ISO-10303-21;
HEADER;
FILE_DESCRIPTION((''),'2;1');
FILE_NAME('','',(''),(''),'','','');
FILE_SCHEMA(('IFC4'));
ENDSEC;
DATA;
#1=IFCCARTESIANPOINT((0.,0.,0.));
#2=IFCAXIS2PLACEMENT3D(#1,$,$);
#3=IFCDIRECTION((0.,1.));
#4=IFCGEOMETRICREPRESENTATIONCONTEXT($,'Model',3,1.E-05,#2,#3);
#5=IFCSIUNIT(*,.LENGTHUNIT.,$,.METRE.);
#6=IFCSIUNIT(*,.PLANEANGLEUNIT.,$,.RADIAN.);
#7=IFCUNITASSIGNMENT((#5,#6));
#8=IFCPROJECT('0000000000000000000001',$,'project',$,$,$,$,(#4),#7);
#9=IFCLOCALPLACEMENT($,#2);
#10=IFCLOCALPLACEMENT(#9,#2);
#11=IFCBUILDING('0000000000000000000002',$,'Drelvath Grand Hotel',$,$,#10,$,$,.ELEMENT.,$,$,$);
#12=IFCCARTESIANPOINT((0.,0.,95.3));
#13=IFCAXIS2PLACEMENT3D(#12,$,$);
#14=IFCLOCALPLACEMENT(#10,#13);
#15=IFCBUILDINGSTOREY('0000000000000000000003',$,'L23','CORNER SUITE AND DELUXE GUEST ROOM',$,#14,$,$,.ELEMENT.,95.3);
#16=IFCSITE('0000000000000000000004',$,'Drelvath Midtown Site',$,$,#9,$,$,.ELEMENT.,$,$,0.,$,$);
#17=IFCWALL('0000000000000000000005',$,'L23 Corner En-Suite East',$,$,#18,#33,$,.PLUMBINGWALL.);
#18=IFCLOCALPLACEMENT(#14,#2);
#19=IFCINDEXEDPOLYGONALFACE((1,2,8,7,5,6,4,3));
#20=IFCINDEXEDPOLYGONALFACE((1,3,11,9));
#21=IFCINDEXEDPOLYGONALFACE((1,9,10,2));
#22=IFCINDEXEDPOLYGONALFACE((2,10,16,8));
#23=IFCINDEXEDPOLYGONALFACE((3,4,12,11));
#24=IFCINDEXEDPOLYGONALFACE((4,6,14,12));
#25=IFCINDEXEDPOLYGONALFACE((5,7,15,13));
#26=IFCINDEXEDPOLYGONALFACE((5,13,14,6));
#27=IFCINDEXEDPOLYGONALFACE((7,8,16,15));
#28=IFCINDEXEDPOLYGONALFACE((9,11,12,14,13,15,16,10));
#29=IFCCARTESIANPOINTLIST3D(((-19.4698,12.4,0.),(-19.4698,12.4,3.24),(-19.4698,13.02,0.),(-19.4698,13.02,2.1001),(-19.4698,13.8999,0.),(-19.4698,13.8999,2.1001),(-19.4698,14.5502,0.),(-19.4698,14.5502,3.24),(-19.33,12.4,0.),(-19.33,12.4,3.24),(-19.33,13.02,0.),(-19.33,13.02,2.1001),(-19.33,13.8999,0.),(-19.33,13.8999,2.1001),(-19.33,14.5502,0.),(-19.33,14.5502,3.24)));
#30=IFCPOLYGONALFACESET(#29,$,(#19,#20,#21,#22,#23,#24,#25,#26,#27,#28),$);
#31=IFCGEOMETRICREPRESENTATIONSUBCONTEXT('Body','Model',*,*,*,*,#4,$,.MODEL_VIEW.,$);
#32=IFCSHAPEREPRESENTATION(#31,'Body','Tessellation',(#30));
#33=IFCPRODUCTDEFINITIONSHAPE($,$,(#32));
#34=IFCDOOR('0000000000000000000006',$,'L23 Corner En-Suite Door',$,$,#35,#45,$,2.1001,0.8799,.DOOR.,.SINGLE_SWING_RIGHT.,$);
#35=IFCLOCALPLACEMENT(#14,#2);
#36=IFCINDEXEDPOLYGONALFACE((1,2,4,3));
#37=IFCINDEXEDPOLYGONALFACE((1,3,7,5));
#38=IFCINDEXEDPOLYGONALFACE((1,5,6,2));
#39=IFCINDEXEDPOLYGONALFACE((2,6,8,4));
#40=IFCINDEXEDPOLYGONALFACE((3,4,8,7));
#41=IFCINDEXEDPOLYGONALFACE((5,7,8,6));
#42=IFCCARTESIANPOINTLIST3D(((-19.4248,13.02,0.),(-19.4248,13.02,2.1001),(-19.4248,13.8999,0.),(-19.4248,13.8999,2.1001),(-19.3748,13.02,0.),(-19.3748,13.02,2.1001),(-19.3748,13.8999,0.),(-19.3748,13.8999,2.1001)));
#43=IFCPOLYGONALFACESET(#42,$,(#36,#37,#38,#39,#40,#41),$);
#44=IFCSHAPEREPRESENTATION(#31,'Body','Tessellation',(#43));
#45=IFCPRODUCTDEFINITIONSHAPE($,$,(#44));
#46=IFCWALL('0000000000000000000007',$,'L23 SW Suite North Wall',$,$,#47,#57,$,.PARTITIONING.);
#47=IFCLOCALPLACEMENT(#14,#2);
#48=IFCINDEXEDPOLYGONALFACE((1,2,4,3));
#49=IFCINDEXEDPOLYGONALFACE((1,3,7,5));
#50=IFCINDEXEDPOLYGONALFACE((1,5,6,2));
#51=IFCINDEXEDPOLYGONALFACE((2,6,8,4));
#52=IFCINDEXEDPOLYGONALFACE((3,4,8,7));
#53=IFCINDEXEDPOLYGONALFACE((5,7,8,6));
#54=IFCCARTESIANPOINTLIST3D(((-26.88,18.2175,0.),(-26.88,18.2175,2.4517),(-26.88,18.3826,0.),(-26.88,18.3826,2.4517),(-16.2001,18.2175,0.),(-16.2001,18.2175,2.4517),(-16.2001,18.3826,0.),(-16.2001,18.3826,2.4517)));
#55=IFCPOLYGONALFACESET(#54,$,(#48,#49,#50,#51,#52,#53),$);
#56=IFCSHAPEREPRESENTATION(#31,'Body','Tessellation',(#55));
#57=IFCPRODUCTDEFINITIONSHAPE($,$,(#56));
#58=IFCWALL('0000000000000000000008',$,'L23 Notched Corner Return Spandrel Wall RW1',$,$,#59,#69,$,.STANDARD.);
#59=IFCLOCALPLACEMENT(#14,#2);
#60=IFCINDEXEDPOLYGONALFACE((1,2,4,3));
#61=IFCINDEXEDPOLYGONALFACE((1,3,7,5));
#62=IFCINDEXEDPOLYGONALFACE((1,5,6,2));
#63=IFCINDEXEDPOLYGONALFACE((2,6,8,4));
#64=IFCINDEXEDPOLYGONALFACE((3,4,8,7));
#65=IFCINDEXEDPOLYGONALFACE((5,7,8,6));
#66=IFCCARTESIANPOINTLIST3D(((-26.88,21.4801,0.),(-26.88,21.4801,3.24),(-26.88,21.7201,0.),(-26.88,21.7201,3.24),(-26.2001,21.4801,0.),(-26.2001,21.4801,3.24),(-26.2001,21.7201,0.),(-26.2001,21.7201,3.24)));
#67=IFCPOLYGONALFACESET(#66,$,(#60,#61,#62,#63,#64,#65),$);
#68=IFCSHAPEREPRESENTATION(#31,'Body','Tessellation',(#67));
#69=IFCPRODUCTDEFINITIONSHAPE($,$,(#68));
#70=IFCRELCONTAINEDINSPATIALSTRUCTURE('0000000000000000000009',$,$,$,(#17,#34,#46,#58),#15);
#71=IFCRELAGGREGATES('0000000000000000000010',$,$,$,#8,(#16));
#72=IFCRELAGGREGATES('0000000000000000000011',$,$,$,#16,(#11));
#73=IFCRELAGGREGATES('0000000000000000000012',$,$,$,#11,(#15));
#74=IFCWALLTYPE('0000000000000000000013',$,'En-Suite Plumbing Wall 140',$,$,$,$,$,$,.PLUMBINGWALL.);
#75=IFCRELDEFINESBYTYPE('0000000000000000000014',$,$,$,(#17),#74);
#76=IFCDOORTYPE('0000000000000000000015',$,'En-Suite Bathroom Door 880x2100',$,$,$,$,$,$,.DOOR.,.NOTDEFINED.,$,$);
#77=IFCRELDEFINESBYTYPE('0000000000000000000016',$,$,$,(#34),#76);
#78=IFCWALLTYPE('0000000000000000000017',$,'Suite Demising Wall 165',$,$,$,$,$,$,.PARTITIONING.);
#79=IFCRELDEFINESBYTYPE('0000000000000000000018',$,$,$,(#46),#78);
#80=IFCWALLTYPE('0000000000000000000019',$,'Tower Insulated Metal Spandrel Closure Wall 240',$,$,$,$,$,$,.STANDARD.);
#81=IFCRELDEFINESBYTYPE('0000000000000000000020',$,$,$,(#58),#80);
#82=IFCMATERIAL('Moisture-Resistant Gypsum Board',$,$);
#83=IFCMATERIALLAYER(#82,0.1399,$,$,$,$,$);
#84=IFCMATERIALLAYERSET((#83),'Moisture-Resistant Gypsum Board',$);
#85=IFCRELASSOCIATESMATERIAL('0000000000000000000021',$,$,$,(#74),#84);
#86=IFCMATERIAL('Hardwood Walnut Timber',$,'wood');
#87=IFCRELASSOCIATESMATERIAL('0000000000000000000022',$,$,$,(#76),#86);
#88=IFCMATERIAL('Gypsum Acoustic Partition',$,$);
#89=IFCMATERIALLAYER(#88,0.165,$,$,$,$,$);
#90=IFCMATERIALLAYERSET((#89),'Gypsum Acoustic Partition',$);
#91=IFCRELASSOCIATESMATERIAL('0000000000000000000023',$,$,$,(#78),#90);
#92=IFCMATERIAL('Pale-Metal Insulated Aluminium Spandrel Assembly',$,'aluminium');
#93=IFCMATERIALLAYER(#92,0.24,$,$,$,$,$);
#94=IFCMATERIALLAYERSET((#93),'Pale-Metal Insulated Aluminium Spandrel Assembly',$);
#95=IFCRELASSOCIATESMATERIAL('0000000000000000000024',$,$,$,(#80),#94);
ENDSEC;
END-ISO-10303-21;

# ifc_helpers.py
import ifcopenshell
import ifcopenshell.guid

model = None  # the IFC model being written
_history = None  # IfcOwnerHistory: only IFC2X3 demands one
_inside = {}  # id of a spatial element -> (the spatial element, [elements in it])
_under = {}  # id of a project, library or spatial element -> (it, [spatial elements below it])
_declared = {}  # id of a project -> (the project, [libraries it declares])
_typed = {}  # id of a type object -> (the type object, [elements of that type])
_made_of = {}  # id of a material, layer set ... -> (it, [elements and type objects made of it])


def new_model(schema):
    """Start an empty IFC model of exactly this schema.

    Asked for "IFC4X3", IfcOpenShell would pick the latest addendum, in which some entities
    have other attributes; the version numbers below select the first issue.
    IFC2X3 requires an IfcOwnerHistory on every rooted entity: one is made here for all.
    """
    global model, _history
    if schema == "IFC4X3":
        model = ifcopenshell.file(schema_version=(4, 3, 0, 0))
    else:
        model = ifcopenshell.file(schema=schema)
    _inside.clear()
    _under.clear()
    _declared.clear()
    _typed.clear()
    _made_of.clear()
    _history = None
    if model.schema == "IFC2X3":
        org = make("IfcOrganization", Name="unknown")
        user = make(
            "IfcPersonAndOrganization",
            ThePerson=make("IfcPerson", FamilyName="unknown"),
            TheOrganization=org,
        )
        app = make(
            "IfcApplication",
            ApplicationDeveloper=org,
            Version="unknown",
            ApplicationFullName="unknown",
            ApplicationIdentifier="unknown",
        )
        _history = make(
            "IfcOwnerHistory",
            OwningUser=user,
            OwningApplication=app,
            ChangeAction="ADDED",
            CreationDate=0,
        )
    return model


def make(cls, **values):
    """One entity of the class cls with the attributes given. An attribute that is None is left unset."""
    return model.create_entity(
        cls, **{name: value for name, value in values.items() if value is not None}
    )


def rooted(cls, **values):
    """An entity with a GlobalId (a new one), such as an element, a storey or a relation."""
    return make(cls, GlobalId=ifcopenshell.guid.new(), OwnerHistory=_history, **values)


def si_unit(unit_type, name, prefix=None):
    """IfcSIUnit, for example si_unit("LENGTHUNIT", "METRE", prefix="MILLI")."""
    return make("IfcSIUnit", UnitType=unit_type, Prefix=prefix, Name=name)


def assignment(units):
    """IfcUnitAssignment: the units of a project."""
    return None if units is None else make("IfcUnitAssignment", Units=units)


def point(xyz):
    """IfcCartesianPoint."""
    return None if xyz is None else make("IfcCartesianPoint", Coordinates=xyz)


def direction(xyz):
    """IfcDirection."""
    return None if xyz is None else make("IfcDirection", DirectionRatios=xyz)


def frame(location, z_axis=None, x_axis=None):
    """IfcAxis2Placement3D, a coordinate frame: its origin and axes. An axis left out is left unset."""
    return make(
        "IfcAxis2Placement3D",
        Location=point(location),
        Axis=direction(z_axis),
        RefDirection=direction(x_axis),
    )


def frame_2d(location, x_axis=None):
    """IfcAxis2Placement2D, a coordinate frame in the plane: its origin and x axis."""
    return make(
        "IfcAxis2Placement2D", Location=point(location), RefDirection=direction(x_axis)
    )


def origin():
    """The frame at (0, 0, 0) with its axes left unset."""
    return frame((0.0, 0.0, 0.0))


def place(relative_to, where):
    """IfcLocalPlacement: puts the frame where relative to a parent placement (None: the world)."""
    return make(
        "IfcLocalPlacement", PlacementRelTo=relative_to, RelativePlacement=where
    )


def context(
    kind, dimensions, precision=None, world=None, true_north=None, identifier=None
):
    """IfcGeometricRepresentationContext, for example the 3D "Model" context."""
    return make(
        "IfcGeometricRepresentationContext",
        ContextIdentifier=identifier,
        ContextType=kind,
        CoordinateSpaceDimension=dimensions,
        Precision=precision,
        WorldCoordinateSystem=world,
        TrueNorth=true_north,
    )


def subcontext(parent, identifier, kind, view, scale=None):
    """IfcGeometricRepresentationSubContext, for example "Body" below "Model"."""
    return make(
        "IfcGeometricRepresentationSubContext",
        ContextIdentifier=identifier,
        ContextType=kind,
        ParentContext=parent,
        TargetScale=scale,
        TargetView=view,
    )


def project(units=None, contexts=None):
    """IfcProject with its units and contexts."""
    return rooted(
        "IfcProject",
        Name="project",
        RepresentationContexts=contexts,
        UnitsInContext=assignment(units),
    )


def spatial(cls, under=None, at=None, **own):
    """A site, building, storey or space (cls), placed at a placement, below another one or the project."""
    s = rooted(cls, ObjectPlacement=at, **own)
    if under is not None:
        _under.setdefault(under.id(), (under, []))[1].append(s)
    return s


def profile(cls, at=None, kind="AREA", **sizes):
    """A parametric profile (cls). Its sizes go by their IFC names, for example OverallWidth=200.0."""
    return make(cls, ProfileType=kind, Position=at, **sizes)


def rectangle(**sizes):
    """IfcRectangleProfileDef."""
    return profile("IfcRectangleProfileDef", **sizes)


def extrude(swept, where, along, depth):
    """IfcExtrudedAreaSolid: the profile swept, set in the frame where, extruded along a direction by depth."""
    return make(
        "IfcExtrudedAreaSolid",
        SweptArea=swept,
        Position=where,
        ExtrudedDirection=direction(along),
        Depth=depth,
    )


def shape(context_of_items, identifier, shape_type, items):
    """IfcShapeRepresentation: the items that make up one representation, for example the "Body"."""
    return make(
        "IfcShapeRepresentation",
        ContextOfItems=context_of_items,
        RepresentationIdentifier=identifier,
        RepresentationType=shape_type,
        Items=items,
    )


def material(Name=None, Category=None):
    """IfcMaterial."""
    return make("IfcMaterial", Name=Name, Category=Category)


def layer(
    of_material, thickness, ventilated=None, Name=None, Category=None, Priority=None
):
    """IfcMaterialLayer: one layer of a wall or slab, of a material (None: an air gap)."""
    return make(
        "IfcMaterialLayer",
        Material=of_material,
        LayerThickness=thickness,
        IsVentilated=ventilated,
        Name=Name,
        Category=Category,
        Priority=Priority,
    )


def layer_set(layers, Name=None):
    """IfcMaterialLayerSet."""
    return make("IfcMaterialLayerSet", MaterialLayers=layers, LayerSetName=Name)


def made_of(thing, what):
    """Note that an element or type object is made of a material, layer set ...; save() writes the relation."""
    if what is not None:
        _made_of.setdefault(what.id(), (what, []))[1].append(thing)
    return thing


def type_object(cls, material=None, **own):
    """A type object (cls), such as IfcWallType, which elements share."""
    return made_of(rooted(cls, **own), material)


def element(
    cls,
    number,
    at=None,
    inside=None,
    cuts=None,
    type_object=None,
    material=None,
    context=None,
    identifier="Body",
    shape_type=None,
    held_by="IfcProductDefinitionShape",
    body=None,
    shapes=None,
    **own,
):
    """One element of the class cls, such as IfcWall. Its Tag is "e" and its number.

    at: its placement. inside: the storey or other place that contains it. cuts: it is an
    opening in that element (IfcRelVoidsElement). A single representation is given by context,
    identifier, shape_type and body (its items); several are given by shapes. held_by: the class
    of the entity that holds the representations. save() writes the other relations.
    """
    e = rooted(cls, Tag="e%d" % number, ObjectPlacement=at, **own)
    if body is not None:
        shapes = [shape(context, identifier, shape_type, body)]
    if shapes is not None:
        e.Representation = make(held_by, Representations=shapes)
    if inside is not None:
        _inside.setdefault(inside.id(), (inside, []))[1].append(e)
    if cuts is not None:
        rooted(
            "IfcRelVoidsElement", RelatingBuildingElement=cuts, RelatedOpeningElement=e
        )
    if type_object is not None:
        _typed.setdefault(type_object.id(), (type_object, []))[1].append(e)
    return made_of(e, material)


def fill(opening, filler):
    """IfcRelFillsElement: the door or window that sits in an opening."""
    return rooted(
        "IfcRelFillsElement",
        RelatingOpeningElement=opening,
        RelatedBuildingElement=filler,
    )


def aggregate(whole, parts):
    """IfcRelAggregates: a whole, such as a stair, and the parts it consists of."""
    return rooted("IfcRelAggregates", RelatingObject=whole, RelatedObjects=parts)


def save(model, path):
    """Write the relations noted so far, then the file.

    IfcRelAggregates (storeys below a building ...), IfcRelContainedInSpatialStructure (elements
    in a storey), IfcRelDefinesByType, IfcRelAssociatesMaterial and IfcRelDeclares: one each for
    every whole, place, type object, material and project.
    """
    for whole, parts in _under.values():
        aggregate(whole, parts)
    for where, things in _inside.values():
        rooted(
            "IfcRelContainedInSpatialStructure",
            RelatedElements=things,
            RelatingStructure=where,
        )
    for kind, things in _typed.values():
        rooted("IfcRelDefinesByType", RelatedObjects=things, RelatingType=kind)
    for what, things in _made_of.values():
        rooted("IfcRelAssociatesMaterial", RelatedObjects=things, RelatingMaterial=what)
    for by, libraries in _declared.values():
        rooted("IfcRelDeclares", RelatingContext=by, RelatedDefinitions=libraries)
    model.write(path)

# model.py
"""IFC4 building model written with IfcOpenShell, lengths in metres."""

from ifc_helpers import new_model, si_unit, direction, frame, frame_2d, origin, place, context, subcontext, project, spatial, rectangle, extrude, material, layer, layer_set, type_object, element, fill, save


model = new_model("IFC4")

# Units and contexts
model_context = context("Model", 3, precision=1e-05, world=origin(), true_north=direction((0.0, 1.0)))
body_context = subcontext(model_context, "Body", "Model", "MODEL_VIEW")
ifc_project = project(units=[si_unit("LENGTHUNIT", "METRE"), si_unit("PLANEANGLEUNIT", "RADIAN")], contexts=[model_context])

# Site, building, storey
site_placement = place(None, origin())
site = spatial("IfcSite", under=ifc_project, at=site_placement, Name="Drelvath Midtown Site", CompositionType="ELEMENT", RefElevation=0.0)
building_placement = place(site_placement, origin())
building = spatial("IfcBuilding", under=site, at=building_placement, Name="Drelvath Grand Hotel", CompositionType="ELEMENT")
storey_placement = place(building_placement, frame((0.0, 0.0, 95.3)))
storey = spatial("IfcBuildingStorey", under=building, at=storey_placement, Name="L23", Description="CORNER SUITE AND DELUXE GUEST ROOM", CompositionType="ELEMENT", Elevation=95.3)

# Shared definitions
ifc_material_1 = material(Name="Hardwood Walnut Timber", Category="wood")

# Shared definitions
ifc_material_2 = material(Name="Moisture-Resistant Gypsum Board")
ifc_layer_1 = layer(ifc_material_2, 0.1399)
ifc_layer_set_1 = layer_set([ifc_layer_1], Name="Moisture-Resistant Gypsum Board")
wall_type_1 = type_object("IfcWallType", Name="En-Suite Plumbing Wall 140", PredefinedType="PLUMBINGWALL", material=ifc_layer_set_1)

# Wall, opening, door
wall_1_placement = place(storey_placement, frame((-19.3999, 12.3999, 0.0), z_axis=(0.0, 0.0, 1.0), x_axis=(0.0, 1.0, 0.0)))
wall_1 = element("IfcWall", 1, at=wall_1_placement, inside=storey, type_object=wall_type_1, Name="L23 Corner En-Suite East", PredefinedType="PLUMBINGWALL", context=body_context, shape_type="SweptSolid", body=[
    extrude(rectangle(XDim=2.1501, YDim=0.1399, at=frame_2d((1.0752, 0.0))), origin(), (0.0, 0.0, 1.0), 3.24),
])
opening_1_placement = place(wall_1_placement, frame((0.6201, 0.0, 0.0)))
opening_1 = element("IfcOpeningElement", 2, at=opening_1_placement, cuts=wall_1, PredefinedType="OPENING", context=body_context, shape_type="SweptSolid", body=[
    extrude(rectangle(XDim=0.8799, YDim=2.1001, at=frame_2d((0.4399, 1.05))), frame((0.0, 0.0798, 0.0), z_axis=(0.0, -1.0, 0.0), x_axis=(1.0, 0.0, 0.0)), (0.0, 0.0, 1.0), 0.1599),
])
door_type_1 = type_object("IfcDoorType", Name="En-Suite Bathroom Door 880x2100", OperationType="NOTDEFINED", PredefinedType="DOOR", material=ifc_material_1)
door_1_placement = place(opening_1_placement, origin())
door_1 = element("IfcDoor", 3, at=door_1_placement, inside=storey, type_object=door_type_1, Name="L23 Corner En-Suite Door", OperationType="SINGLE_SWING_RIGHT", OverallHeight=2.1001, OverallWidth=0.8799, PredefinedType="DOOR", context=body_context, shape_type="SweptSolid", body=[
    extrude(rectangle(XDim=0.8799, YDim=2.1001, at=frame_2d((0.4399, 1.05))), frame((0.0, 0.0249, 0.0), z_axis=(0.0, -1.0, 0.0), x_axis=(1.0, 0.0, 0.0)), (0.0, 0.0, 1.0), 0.05),
])
fill(opening_1, door_1)

# Walls
ifc_material_3 = material(Name="Gypsum Acoustic Partition")
ifc_layer_2 = layer(ifc_material_3, 0.165)
ifc_layer_set_2 = layer_set([ifc_layer_2], Name="Gypsum Acoustic Partition")
wall_type_2 = type_object("IfcWallType", Name="Suite Demising Wall 165", PredefinedType="PARTITIONING", material=ifc_layer_set_2)
wall_2_placement = place(storey_placement, frame((-26.8799, 18.3, 0.0), z_axis=(0.0, 0.0, 1.0), x_axis=(1.0, 0.0, 0.0)))
element("IfcWall", 4, at=wall_2_placement, inside=storey, type_object=wall_type_2, Name="L23 SW Suite North Wall", PredefinedType="PARTITIONING", context=body_context, shape_type="SweptSolid", body=[
    extrude(rectangle(XDim=10.6799, YDim=0.165, at=frame_2d((5.3398, 0.0))), origin(), (0.0, 0.0, 1.0), 2.4517),
])
ifc_material_4 = material(Name="Pale-Metal Insulated Aluminium Spandrel Assembly", Category="aluminium")
ifc_layer_3 = layer(ifc_material_4, 0.24)
ifc_layer_set_3 = layer_set([ifc_layer_3], Name="Pale-Metal Insulated Aluminium Spandrel Assembly")
wall_type_3 = type_object("IfcWallType", Name="Tower Insulated Metal Spandrel Closure Wall 240", PredefinedType="STANDARD", material=ifc_layer_set_3)
wall_3_placement = place(storey_placement, frame((-26.8799, 21.6001, 0.0), z_axis=(0.0, 0.0, 1.0), x_axis=(1.0, 0.0, 0.0)))
element("IfcWall", 5, at=wall_3_placement, inside=storey, type_object=wall_type_3, Name="L23 Notched Corner Return Spandrel Wall RW1", PredefinedType="STANDARD", context=body_context, shape_type="SweptSolid", body=[
    extrude(rectangle(XDim=0.6799, YDim=0.24, at=frame_2d((0.3398, 0.0))), origin(), (0.0, 0.0, 1.0), 3.24),
])

save(model, "model.ifc")
